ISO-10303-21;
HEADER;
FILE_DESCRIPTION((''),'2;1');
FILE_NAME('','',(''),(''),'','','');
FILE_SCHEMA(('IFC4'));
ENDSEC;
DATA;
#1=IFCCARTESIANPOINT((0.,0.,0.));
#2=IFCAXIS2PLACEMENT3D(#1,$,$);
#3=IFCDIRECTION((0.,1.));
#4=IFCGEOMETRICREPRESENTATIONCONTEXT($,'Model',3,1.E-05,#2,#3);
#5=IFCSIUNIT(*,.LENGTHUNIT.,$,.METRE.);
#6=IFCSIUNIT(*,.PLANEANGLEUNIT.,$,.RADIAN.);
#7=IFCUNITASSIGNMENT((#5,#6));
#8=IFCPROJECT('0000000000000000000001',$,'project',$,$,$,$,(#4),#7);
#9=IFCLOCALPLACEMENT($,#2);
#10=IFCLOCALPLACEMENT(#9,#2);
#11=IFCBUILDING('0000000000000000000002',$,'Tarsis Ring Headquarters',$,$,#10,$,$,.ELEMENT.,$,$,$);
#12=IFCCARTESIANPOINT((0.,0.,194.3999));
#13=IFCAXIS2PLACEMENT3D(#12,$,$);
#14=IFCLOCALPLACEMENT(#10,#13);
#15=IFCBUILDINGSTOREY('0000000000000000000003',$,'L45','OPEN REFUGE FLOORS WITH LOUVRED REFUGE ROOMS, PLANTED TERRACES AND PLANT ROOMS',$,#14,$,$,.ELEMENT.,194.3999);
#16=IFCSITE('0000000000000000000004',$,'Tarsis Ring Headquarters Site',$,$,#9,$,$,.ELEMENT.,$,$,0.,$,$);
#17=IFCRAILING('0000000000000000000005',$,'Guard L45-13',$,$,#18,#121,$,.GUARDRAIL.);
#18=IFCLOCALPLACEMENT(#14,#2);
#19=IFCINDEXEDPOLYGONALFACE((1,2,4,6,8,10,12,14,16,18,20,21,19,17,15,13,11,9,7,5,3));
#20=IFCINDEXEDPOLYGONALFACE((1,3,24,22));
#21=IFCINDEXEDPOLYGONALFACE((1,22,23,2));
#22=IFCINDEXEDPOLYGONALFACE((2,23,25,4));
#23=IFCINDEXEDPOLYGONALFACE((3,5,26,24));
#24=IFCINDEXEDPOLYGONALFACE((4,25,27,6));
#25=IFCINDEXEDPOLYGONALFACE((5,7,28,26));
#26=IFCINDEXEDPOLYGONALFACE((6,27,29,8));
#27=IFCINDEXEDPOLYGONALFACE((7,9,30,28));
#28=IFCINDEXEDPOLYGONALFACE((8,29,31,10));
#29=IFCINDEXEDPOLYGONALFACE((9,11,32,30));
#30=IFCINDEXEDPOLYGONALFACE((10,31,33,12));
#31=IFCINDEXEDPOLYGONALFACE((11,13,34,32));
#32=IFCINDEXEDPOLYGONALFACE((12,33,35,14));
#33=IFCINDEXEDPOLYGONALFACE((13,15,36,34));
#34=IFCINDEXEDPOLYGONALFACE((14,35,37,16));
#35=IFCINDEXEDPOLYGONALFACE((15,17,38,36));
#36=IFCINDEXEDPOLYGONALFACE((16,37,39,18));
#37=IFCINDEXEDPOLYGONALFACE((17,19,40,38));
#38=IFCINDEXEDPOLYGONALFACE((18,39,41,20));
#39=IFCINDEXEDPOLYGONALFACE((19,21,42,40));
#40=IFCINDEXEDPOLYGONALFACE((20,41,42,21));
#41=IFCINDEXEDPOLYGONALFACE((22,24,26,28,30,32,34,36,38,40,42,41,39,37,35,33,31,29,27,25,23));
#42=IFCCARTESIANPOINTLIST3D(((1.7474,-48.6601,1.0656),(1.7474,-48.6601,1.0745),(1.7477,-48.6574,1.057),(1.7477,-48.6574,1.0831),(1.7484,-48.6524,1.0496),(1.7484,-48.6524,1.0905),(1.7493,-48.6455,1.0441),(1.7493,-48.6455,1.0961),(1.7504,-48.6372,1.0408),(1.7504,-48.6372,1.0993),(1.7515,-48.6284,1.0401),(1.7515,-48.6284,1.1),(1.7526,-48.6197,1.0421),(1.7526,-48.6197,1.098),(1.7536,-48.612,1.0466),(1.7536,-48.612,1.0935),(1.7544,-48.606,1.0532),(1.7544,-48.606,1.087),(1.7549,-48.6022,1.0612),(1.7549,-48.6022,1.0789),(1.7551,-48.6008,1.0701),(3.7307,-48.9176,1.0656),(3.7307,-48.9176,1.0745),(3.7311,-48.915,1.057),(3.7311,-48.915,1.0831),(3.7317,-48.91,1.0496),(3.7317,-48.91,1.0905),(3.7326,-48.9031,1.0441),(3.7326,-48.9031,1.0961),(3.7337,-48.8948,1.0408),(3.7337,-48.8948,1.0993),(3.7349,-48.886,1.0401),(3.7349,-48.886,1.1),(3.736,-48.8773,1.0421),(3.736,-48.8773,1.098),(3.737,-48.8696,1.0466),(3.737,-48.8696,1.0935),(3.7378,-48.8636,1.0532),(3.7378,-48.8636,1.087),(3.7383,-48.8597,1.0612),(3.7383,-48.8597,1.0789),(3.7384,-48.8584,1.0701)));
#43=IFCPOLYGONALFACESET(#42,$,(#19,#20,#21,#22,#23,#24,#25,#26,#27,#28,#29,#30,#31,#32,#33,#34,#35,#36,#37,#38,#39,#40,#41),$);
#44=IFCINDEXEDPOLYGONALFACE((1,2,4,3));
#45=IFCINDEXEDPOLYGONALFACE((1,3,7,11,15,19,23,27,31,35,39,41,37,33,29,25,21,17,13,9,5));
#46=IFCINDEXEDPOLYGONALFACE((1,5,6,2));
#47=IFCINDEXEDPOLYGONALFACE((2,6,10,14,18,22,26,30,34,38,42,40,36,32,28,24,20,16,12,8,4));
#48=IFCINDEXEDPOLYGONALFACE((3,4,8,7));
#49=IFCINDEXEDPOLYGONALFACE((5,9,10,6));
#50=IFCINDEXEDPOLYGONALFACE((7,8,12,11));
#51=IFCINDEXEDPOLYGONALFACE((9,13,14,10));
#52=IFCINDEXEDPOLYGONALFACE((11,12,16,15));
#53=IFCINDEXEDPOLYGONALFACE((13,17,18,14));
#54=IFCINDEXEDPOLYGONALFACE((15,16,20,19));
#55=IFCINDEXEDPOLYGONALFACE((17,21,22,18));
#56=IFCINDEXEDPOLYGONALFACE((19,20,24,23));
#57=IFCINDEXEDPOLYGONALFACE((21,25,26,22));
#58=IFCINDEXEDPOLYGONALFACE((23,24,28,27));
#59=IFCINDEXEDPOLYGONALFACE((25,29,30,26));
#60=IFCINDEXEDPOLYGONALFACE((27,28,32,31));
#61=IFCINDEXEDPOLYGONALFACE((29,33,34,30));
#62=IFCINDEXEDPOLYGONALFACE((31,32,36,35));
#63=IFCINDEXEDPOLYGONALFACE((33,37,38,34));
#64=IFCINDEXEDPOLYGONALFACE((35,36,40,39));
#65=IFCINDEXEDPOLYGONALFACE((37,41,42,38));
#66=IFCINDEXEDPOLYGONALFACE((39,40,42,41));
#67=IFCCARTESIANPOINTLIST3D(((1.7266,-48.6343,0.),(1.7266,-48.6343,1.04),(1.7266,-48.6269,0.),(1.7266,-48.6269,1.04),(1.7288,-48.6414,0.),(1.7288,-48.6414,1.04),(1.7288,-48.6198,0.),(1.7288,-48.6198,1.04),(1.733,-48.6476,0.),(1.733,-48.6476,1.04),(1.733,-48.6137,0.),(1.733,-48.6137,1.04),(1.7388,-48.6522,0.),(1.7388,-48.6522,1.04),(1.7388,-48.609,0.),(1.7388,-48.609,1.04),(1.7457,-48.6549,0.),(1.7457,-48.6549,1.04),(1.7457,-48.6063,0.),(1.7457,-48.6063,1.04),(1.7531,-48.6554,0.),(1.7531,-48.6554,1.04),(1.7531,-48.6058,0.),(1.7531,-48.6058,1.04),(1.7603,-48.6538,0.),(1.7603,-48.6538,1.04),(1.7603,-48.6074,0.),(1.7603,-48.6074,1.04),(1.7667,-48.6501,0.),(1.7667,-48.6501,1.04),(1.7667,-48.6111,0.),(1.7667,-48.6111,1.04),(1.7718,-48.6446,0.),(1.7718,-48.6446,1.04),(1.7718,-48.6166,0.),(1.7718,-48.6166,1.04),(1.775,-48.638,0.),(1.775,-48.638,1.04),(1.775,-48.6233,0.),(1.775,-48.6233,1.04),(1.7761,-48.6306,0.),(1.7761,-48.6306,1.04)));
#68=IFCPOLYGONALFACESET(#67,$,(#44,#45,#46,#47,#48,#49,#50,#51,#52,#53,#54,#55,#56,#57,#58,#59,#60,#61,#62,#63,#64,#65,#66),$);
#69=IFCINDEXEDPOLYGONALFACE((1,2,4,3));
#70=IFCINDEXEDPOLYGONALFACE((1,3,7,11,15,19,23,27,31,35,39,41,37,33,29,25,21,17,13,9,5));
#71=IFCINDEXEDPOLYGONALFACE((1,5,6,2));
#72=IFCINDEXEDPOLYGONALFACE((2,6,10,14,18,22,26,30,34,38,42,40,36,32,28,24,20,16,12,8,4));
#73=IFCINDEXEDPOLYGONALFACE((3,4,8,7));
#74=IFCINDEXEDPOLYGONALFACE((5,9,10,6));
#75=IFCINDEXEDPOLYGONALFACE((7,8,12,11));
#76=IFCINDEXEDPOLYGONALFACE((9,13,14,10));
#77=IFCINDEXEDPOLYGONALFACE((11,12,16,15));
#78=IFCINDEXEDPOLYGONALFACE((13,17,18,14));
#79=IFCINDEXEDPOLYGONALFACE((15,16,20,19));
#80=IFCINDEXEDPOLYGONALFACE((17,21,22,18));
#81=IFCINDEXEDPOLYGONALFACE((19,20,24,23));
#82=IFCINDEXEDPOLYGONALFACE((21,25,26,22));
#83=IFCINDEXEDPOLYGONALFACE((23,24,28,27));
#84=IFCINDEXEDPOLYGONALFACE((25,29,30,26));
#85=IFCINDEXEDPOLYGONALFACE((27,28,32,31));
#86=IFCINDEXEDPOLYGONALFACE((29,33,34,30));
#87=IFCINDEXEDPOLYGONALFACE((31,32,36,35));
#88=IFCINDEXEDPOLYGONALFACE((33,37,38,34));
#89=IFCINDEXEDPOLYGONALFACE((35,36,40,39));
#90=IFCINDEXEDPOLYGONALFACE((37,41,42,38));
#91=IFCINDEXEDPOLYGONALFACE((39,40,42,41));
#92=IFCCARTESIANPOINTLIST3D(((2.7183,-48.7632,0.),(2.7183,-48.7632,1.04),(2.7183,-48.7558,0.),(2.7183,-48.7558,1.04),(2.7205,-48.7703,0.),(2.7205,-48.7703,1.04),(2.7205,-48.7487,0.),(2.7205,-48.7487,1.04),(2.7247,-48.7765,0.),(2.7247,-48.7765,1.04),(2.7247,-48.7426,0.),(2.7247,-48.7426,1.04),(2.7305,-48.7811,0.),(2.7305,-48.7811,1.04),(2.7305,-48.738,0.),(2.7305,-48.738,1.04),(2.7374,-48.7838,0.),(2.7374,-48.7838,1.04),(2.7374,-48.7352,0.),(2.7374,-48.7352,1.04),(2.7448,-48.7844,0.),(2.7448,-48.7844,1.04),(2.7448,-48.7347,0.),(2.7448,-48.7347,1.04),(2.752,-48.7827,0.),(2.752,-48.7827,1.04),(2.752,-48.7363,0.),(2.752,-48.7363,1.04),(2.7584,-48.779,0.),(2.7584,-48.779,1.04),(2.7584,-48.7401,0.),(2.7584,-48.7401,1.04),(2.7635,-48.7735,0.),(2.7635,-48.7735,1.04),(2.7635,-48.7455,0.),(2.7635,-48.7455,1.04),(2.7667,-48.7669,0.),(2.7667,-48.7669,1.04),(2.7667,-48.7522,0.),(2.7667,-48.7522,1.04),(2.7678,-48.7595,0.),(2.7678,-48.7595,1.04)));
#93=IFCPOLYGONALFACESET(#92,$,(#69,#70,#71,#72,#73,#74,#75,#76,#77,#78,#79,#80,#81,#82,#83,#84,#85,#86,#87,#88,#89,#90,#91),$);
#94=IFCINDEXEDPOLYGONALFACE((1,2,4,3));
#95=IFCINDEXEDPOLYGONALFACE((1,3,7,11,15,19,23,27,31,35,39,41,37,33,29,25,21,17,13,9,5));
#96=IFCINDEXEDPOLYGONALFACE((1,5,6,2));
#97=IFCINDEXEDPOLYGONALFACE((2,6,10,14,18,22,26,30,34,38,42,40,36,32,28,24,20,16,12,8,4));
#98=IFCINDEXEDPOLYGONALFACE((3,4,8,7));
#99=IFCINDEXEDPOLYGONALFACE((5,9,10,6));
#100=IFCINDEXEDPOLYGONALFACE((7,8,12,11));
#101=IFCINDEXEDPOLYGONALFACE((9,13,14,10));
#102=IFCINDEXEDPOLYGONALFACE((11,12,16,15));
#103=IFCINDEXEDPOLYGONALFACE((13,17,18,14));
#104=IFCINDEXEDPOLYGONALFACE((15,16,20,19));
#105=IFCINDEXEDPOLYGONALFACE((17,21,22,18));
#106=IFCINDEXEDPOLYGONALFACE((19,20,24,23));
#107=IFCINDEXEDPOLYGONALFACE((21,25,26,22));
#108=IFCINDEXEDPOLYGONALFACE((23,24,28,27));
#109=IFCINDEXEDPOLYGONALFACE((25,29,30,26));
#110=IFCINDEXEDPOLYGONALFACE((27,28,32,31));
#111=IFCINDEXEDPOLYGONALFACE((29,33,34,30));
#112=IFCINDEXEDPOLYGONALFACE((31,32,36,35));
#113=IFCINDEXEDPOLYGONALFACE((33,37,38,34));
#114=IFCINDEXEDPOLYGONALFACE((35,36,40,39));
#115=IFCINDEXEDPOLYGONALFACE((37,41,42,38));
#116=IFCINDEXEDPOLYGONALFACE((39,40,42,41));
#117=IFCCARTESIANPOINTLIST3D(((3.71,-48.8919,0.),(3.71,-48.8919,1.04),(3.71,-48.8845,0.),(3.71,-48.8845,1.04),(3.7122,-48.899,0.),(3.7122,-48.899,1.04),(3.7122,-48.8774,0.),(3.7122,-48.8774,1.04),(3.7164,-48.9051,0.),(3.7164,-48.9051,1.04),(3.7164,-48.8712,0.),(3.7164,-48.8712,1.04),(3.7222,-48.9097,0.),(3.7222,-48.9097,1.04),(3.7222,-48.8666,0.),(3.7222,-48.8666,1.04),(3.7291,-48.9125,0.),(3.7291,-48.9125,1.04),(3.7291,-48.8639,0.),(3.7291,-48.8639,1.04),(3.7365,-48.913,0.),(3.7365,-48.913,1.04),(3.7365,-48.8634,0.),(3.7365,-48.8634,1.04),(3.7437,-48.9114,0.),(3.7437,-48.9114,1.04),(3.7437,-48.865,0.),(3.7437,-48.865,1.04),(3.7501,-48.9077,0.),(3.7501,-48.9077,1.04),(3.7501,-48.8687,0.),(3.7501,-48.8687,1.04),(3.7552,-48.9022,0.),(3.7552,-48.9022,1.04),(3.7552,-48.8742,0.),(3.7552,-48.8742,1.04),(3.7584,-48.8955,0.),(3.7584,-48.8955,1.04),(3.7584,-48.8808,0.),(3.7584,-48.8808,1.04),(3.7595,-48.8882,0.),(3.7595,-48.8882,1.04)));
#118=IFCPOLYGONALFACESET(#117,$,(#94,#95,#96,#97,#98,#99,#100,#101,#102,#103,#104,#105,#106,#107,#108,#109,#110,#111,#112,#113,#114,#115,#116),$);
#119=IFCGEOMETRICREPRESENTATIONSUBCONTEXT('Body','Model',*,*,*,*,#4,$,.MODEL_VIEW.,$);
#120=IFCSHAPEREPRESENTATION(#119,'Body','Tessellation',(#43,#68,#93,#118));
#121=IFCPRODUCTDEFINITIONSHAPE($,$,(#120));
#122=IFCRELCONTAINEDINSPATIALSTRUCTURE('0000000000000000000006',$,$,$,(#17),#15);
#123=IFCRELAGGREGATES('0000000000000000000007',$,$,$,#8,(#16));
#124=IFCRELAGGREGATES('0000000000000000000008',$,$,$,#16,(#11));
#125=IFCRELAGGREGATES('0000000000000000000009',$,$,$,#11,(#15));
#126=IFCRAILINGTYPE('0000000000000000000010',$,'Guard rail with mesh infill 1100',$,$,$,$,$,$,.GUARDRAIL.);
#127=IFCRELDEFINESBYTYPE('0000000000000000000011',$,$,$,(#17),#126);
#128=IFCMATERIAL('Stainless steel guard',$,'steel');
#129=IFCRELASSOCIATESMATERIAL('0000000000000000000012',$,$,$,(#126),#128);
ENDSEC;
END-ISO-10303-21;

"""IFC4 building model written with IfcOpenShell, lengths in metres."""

from ifc_helpers import new_model, si_unit, direction, frame, origin, origin_2d, place, context, subcontext, project, spatial, circle, extrude, material, type_object, element, save


model = new_model("IFC4")

# Units and contexts
model_context = context("Model", 3, precision=1e-05, world=origin(), true_north=direction((0.0, 1.0)))
body_context = subcontext(model_context, "Body", "Model", "MODEL_VIEW")
ifc_project = project(units=[si_unit("LENGTHUNIT", "METRE"), si_unit("PLANEANGLEUNIT", "RADIAN")], contexts=[model_context])

# Site, building, storey
site_placement = place(None, origin())
site = spatial("IfcSite", under=ifc_project, at=site_placement, Name="Tarsis Ring Headquarters Site", CompositionType="ELEMENT", RefElevation=0.0)
building_placement = place(site_placement, origin())
building = spatial("IfcBuilding", under=site, at=building_placement, Name="Tarsis Ring Headquarters", CompositionType="ELEMENT")
storey_placement = place(building_placement, frame((0.0, 0.0, 194.3999)))
storey = spatial("IfcBuildingStorey", under=building, at=storey_placement, Name="L45", Description="OPEN REFUGE FLOORS WITH LOUVRED REFUGE ROOMS, PLANTED TERRACES AND PLANT ROOMS", CompositionType="ELEMENT", Elevation=194.3999)

# Railing
ifc_material_1 = material(Name="Stainless steel guard", Category="steel")
railing_type_1 = type_object("IfcRailingType", Name="Guard rail with mesh infill 1100", PredefinedType="GUARDRAIL", material=ifc_material_1)
railing_1_placement = place(storey_placement, frame((1.7512, -48.6306, 0.0)))
element("IfcRailing", 1, at=railing_1_placement, inside=storey, type_object=railing_type_1, Name="Guard L45-13", PredefinedType="GUARDRAIL", context=body_context, shape_type="SweptSolid", body=[
    extrude(circle(Radius=0.03, at=origin_2d()), frame((0.0, 0.0, 1.0701), z_axis=(0.991673, -0.128781, 0.0), x_axis=(0.128781, 0.991673, 0.0)), (0.0, 0.0, 1.0), 2.0),
    extrude(circle(Radius=0.0249, at=origin_2d()), origin(), (0.0, 0.0, 1.0), 1.04),
    extrude(circle(Radius=0.0249, at=origin_2d()), frame((0.9917, -0.1289, 0.0)), (0.0, 0.0, 1.0), 1.04),
    extrude(circle(Radius=0.0249, at=origin_2d()), frame((1.9834, -0.2576, 0.0)), (0.0, 0.0, 1.0), 1.04),
])

save(model, "model.ifc")
